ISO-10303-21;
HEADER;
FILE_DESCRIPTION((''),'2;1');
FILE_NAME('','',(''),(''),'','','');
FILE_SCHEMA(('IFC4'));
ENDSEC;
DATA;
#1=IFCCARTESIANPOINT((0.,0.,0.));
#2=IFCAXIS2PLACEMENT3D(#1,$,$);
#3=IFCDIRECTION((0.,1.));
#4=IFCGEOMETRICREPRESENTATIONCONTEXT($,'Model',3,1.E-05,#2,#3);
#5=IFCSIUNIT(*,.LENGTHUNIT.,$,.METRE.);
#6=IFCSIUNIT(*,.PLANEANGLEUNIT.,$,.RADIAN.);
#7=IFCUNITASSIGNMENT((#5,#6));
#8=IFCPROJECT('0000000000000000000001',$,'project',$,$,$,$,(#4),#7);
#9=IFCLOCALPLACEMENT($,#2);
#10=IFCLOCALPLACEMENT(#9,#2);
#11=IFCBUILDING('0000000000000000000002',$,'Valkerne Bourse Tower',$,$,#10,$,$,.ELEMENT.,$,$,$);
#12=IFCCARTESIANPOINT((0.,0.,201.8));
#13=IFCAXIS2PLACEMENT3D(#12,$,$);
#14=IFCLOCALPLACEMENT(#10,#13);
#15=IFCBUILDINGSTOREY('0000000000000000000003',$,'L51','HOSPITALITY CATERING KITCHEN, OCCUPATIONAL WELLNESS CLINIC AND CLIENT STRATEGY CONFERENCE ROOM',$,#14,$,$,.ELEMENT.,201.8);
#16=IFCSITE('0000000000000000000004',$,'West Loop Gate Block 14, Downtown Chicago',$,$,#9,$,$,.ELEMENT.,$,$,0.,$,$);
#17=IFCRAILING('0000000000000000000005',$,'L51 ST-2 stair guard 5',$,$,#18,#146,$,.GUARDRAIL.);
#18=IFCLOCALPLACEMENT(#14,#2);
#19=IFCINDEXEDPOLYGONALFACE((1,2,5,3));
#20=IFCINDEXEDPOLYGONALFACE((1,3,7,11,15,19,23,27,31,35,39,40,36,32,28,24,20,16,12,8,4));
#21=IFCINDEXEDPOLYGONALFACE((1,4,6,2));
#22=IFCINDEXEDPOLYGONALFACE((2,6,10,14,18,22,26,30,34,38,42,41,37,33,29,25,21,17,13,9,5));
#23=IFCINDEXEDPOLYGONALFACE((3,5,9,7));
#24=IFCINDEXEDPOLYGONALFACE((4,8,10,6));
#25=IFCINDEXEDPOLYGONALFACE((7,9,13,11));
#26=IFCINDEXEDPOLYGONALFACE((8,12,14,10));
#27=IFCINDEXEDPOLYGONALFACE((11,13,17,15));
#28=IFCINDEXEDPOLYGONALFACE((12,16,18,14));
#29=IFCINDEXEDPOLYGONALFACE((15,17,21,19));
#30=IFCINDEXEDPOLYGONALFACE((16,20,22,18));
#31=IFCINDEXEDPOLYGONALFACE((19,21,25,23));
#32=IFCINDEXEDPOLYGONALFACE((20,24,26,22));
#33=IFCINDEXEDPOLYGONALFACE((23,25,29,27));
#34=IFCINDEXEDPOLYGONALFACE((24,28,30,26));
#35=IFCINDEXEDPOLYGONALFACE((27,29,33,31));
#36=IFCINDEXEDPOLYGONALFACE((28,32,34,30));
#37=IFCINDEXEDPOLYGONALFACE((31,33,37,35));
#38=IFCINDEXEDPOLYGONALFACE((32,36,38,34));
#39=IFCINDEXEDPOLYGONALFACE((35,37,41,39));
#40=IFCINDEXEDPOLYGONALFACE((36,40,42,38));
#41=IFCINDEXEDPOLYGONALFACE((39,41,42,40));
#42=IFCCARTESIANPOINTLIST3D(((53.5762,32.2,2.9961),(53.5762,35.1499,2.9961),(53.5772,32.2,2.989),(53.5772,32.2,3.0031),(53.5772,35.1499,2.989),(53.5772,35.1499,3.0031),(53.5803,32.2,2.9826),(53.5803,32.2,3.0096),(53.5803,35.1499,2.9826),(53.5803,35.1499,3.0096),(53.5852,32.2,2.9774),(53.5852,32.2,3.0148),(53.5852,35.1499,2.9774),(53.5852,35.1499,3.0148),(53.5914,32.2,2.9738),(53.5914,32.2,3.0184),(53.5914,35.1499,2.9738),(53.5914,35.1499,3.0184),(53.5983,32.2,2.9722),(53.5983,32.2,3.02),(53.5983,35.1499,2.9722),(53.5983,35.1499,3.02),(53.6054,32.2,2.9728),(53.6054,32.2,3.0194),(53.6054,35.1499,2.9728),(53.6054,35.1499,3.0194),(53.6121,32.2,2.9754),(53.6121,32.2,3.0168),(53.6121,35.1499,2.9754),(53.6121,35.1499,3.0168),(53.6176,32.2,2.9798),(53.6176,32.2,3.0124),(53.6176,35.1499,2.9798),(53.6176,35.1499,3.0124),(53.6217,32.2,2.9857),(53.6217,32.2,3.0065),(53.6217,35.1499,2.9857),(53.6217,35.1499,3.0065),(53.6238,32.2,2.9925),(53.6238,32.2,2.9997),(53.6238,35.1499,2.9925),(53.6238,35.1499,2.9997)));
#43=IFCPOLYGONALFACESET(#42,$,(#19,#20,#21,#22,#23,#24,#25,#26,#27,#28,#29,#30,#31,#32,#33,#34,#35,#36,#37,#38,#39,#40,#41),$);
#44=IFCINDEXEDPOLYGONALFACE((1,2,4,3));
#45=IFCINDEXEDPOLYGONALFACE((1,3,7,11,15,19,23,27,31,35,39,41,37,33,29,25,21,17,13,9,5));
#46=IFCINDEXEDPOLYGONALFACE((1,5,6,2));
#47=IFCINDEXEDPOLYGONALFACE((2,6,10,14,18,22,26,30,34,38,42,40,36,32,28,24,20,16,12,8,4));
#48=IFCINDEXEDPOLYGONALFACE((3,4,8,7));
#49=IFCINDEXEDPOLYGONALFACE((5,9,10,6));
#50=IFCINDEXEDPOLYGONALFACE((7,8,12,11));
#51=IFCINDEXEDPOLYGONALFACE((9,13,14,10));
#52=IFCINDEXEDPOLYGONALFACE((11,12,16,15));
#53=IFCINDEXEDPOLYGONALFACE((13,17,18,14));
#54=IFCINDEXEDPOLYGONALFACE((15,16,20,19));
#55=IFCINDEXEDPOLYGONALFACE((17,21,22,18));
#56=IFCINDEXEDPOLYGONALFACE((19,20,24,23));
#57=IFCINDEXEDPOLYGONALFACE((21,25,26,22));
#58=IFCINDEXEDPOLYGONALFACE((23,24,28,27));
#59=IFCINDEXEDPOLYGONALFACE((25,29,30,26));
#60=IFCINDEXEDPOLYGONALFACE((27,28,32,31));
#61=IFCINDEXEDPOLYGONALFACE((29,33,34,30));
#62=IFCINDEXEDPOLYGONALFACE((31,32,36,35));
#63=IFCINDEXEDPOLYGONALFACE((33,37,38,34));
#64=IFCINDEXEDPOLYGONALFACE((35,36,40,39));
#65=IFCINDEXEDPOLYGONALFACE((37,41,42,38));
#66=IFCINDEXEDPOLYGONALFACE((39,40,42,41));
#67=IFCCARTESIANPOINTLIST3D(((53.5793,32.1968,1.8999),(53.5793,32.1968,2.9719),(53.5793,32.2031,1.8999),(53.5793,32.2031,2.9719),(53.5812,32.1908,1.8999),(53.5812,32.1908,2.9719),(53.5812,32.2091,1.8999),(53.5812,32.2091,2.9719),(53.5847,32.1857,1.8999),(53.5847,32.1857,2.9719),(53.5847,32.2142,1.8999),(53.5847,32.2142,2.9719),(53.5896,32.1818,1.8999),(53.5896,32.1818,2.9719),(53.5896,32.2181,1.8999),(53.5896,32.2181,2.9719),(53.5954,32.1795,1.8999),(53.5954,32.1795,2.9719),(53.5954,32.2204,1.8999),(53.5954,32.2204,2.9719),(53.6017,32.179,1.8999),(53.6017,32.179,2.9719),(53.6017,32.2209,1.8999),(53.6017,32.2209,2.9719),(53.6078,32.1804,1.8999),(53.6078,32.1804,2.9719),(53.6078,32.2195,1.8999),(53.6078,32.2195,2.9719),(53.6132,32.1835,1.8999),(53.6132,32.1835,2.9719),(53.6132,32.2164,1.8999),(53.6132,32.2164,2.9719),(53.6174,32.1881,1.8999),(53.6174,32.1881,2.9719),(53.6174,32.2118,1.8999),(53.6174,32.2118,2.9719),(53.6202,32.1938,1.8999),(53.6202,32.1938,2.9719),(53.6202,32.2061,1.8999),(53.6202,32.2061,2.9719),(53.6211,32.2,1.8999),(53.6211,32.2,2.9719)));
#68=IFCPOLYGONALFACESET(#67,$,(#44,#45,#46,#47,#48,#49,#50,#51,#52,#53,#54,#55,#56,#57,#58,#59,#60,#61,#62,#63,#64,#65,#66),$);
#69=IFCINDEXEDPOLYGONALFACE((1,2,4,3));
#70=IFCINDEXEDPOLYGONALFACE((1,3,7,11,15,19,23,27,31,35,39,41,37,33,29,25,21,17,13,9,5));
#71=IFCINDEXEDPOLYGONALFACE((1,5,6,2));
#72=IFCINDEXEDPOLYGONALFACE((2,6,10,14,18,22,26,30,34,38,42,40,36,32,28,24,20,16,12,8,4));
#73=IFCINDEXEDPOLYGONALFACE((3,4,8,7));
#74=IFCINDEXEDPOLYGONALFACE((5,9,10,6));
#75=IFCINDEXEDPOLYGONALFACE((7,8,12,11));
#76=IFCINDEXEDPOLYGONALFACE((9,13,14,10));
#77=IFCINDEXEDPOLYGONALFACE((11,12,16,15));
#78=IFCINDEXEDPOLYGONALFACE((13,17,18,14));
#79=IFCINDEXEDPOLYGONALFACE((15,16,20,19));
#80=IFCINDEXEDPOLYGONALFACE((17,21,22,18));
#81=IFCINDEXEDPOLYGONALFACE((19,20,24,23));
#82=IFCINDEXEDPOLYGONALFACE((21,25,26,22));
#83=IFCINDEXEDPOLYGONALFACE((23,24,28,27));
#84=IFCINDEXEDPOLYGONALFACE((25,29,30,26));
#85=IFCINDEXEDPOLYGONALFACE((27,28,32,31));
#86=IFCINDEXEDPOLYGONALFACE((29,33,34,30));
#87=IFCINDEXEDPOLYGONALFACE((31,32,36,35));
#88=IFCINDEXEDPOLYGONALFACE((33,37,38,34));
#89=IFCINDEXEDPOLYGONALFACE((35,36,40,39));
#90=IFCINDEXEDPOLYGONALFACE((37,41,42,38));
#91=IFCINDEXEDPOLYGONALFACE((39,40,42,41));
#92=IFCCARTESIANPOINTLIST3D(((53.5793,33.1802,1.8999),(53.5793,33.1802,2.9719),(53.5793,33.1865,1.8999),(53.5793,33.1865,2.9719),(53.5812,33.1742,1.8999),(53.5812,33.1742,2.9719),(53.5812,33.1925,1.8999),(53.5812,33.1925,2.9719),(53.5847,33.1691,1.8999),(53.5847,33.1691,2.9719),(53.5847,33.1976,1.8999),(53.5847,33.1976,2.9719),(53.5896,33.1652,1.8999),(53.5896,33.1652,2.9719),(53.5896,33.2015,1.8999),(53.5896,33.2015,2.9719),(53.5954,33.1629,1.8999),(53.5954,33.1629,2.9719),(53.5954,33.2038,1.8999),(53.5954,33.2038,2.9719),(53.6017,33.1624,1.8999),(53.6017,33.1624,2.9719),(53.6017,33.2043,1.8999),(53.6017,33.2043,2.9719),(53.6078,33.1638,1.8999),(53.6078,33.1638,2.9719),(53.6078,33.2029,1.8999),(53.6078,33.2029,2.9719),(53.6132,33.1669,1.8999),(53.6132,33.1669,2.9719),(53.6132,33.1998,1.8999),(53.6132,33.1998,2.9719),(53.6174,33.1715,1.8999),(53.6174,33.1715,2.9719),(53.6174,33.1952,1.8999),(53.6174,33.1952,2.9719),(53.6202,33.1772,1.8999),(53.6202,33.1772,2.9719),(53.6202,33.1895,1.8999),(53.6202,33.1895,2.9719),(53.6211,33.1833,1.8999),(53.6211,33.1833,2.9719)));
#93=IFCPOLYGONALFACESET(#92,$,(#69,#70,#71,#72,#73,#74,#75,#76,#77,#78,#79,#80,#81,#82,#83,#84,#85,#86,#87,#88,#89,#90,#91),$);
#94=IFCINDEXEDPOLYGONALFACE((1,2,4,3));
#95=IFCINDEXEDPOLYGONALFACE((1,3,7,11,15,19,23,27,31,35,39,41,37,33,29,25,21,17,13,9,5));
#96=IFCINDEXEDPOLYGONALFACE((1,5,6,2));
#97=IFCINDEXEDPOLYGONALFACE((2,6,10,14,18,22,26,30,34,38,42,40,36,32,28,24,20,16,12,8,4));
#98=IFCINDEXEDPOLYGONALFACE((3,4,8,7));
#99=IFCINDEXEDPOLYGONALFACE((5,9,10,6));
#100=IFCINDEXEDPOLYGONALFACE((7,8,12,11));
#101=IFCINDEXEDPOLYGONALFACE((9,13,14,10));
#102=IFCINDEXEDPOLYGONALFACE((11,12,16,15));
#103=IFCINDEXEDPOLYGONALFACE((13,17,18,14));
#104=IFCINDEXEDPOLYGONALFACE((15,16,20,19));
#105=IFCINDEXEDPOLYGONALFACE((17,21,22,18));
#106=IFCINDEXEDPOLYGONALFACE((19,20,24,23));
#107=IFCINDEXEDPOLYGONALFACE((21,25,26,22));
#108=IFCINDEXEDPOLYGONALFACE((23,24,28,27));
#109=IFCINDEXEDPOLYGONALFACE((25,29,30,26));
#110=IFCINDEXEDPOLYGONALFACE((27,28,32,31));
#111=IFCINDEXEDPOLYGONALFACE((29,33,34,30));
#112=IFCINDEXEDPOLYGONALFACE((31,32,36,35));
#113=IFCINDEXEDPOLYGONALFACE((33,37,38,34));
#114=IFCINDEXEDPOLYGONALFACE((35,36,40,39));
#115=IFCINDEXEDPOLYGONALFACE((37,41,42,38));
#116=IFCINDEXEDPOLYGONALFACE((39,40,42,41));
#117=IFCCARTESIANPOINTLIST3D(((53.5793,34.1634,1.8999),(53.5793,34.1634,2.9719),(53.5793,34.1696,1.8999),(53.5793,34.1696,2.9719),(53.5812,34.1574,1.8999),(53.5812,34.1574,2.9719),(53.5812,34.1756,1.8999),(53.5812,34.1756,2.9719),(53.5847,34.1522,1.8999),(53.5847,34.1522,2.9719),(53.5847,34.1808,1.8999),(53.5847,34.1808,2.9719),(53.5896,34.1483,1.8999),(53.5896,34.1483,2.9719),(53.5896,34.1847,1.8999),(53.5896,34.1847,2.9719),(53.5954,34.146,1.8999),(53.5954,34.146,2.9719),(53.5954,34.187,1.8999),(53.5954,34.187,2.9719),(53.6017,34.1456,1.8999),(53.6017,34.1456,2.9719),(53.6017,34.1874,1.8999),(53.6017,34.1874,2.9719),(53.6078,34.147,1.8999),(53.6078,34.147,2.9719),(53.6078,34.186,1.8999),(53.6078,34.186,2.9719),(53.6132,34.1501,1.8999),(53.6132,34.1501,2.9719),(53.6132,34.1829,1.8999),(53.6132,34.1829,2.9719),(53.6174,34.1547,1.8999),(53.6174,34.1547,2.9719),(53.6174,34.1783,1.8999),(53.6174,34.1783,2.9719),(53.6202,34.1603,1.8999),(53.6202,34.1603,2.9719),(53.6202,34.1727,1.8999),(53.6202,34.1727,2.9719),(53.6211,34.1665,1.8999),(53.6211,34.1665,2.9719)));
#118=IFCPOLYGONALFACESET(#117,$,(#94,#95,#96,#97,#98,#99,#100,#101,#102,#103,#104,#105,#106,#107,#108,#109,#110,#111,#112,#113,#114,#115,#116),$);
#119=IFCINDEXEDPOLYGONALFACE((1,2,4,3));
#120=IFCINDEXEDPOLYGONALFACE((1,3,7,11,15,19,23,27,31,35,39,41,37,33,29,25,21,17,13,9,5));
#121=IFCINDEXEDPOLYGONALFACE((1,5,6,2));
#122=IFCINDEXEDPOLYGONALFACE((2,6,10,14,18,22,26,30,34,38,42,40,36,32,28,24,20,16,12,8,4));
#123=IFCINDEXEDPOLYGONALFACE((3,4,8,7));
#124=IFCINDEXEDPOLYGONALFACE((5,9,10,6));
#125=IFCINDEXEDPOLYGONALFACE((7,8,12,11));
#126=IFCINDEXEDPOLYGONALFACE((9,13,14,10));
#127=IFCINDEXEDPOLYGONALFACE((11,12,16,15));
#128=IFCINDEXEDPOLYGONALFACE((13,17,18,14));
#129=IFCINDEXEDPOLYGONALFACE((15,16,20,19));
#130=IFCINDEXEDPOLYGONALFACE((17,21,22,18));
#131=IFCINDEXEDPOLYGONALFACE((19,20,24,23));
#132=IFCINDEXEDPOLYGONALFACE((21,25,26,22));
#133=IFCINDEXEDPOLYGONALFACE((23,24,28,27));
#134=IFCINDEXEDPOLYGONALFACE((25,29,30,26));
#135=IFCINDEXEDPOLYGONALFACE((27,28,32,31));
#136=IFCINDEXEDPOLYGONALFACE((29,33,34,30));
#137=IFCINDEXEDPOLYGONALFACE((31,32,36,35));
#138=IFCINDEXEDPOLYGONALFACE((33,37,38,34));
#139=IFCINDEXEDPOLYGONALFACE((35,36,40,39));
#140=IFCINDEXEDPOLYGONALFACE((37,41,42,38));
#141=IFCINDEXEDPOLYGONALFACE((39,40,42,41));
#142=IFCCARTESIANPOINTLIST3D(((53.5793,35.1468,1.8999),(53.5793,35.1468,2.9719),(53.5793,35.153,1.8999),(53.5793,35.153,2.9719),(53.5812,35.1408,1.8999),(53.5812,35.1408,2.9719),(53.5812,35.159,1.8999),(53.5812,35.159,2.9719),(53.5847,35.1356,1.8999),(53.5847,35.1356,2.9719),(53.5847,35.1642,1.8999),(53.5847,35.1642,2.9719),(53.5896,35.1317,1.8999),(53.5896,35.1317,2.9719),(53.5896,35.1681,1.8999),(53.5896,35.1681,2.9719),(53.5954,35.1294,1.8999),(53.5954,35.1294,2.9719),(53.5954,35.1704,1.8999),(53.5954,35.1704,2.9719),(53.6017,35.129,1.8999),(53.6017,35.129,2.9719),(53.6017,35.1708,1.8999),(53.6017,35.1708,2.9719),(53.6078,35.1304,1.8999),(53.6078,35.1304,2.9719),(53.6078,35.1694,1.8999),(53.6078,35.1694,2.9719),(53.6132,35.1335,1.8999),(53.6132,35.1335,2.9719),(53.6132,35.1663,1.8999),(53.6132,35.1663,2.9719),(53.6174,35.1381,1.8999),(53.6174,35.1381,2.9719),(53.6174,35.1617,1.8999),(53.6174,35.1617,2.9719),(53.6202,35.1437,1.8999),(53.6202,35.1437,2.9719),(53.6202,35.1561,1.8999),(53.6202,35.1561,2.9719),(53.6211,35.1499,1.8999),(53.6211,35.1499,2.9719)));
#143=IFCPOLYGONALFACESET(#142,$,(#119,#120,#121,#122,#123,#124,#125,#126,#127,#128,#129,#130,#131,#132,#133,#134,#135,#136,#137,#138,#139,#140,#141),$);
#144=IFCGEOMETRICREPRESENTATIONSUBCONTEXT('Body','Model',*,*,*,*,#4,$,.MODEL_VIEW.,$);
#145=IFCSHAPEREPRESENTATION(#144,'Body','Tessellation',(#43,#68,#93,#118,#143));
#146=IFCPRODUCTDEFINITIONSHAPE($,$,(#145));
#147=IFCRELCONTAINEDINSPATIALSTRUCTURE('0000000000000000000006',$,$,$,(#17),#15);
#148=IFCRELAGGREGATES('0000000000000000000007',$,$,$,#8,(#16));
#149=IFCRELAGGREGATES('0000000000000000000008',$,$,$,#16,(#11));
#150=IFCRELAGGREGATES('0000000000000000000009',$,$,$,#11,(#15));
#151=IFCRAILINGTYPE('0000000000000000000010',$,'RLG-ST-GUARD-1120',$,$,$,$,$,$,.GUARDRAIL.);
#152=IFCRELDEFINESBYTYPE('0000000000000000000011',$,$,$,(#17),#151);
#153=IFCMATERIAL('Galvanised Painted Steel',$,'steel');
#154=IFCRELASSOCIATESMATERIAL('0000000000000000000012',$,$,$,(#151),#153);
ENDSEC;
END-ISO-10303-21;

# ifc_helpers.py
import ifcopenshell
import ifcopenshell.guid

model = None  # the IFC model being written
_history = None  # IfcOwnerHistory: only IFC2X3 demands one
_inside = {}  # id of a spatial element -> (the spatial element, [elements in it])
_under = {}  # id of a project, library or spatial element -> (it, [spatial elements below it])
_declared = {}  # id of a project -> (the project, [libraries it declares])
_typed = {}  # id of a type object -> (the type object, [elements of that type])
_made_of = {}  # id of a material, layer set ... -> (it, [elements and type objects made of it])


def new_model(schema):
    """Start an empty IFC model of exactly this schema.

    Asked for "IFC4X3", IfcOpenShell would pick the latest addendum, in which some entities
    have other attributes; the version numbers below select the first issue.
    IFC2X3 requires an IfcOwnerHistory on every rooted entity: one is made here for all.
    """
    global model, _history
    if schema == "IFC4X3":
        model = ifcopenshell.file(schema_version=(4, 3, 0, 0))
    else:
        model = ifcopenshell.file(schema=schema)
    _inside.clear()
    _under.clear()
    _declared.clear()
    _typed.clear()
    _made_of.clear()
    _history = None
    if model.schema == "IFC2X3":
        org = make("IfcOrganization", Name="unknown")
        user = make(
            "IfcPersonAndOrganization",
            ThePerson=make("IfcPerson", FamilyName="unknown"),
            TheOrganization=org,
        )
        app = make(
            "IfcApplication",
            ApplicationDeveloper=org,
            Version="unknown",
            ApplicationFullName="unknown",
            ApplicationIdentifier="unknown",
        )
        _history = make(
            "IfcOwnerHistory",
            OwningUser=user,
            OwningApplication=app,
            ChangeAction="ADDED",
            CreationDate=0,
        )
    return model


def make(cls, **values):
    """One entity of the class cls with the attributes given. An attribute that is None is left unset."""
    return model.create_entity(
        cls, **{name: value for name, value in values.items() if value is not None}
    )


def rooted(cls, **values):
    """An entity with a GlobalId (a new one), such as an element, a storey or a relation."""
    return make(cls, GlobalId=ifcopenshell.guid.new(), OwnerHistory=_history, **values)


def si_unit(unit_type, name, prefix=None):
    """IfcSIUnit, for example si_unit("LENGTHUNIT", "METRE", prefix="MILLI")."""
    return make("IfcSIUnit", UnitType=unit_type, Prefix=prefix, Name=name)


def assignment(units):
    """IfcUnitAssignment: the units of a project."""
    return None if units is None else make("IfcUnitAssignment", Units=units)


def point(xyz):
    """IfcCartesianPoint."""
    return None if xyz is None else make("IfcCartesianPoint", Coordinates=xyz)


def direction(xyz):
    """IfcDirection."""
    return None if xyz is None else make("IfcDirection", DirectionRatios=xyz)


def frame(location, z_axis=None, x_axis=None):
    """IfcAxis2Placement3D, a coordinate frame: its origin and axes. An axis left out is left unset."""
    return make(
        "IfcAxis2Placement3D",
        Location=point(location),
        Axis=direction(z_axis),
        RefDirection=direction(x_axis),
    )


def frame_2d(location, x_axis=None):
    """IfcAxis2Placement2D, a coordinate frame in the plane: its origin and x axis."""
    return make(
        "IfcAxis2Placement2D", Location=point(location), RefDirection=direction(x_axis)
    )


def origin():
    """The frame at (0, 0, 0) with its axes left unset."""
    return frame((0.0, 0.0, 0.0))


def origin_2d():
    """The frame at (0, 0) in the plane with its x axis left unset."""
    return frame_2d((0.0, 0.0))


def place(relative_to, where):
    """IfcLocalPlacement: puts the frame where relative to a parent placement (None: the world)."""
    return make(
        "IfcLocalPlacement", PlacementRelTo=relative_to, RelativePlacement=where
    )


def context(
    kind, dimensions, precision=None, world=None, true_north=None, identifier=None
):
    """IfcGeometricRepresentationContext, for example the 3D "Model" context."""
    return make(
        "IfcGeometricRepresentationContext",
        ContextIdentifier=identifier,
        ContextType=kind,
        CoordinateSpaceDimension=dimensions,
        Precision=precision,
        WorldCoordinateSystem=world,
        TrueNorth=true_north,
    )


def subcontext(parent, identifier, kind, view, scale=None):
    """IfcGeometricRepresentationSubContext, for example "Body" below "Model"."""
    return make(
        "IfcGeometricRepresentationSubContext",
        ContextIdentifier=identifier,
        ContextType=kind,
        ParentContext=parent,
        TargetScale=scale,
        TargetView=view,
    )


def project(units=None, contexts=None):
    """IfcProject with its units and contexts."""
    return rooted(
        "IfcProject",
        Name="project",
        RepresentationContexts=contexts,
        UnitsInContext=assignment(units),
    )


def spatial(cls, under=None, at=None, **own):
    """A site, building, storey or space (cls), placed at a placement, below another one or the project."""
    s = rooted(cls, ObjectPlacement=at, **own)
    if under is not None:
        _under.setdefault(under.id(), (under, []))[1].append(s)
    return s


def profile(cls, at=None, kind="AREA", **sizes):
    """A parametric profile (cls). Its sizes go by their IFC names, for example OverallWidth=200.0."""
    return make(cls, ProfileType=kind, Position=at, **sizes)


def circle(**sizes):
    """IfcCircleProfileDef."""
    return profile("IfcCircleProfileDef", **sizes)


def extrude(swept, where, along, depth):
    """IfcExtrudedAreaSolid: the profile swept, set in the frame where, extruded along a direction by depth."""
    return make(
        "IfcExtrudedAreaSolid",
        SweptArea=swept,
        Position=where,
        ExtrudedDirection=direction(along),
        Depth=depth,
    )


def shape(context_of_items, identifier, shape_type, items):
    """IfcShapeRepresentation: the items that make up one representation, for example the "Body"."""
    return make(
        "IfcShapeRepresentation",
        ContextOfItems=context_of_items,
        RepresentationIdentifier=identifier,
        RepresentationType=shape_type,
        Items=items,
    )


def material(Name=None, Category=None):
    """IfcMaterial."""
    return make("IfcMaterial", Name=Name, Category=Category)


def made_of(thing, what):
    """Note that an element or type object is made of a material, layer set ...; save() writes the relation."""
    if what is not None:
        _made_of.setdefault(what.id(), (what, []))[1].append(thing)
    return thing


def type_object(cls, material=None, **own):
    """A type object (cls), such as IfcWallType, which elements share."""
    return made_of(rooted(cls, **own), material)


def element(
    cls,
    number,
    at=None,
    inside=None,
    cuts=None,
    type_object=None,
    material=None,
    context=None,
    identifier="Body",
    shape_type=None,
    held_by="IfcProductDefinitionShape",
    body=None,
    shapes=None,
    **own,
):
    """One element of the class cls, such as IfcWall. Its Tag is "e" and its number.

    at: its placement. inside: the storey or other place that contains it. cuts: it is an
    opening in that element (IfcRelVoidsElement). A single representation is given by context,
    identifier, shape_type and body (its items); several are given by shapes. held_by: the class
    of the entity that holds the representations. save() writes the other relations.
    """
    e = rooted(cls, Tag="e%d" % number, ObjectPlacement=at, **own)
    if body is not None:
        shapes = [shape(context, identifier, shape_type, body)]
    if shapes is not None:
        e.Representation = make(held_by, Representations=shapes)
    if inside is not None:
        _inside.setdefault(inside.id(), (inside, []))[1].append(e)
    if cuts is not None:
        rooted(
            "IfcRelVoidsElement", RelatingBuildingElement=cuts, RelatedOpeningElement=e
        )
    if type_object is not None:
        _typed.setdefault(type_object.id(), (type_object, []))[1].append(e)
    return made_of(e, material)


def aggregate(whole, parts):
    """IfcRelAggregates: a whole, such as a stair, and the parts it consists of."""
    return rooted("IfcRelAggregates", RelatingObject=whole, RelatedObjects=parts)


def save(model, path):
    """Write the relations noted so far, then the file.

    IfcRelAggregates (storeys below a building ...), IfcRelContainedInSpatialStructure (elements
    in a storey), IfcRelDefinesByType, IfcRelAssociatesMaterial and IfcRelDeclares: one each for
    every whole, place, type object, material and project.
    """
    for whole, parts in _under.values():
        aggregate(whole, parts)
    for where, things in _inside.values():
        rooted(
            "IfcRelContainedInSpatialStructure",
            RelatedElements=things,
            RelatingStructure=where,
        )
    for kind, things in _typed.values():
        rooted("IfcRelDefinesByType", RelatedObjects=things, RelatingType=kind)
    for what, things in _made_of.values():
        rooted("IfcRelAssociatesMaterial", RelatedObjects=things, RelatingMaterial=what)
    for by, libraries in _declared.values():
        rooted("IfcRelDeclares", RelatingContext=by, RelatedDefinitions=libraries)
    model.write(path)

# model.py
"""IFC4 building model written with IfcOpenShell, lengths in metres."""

from ifc_helpers import new_model, si_unit, direction, frame, origin, origin_2d, place, context, subcontext, project, spatial, circle, extrude, material, type_object, element, save


model = new_model("IFC4")

# Units and contexts
model_context = context("Model", 3, precision=1e-05, world=origin(), true_north=direction((0.0, 1.0)))
body_context = subcontext(model_context, "Body", "Model", "MODEL_VIEW")
ifc_project = project(units=[si_unit("LENGTHUNIT", "METRE"), si_unit("PLANEANGLEUNIT", "RADIAN")], contexts=[model_context])

# Site, building, storey
site_placement = place(None, origin())
site = spatial("IfcSite", under=ifc_project, at=site_placement, Name="West Loop Gate Block 14, Downtown Chicago", CompositionType="ELEMENT", RefElevation=0.0)
building_placement = place(site_placement, origin())
building = spatial("IfcBuilding", under=site, at=building_placement, Name="Valkerne Bourse Tower", CompositionType="ELEMENT")
storey_placement = place(building_placement, frame((0.0, 0.0, 201.8)))
storey = spatial("IfcBuildingStorey", under=building, at=storey_placement, Name="L51", Description="HOSPITALITY CATERING KITCHEN, OCCUPATIONAL WELLNESS CLINIC AND CLIENT STRATEGY CONFERENCE ROOM", CompositionType="ELEMENT", Elevation=201.8)

# Railing
ifc_material_1 = material(Name="Galvanised Painted Steel", Category="steel")
railing_type = type_object("IfcRailingType", Name="RLG-ST-GUARD-1120", PredefinedType="GUARDRAIL", material=ifc_material_1)
railing_1_placement = place(storey_placement, frame((53.6001, 32.2, 1.8999)))
element("IfcRailing", 1, at=railing_1_placement, inside=storey, type_object=railing_type, Name="L51 ST-2 stair guard 5", PredefinedType="GUARDRAIL", context=body_context, shape_type="SweptSolid", body=[
    extrude(circle(Radius=0.0239, at=origin_2d()), frame((0.0, 0.0, 1.0962), z_axis=(0.0, 1.0, 0.0), x_axis=(-1.0, 0.0, 0.0)), (0.0, 0.0, 1.0), 2.95),
    extrude(circle(Radius=0.021, at=origin_2d()), origin(), (0.0, 0.0, 1.0), 1.072),
    extrude(circle(Radius=0.021, at=origin_2d()), frame((0.0, 0.9834, 0.0)), (0.0, 0.0, 1.0), 1.072),
    extrude(circle(Radius=0.021, at=origin_2d()), frame((0.0, 1.9666, 0.0)), (0.0, 0.0, 1.0), 1.072),
    extrude(circle(Radius=0.021, at=origin_2d()), frame((0.0, 2.95, 0.0)), (0.0, 0.0, 1.0), 1.072),
])

save(model, "model.ifc")
